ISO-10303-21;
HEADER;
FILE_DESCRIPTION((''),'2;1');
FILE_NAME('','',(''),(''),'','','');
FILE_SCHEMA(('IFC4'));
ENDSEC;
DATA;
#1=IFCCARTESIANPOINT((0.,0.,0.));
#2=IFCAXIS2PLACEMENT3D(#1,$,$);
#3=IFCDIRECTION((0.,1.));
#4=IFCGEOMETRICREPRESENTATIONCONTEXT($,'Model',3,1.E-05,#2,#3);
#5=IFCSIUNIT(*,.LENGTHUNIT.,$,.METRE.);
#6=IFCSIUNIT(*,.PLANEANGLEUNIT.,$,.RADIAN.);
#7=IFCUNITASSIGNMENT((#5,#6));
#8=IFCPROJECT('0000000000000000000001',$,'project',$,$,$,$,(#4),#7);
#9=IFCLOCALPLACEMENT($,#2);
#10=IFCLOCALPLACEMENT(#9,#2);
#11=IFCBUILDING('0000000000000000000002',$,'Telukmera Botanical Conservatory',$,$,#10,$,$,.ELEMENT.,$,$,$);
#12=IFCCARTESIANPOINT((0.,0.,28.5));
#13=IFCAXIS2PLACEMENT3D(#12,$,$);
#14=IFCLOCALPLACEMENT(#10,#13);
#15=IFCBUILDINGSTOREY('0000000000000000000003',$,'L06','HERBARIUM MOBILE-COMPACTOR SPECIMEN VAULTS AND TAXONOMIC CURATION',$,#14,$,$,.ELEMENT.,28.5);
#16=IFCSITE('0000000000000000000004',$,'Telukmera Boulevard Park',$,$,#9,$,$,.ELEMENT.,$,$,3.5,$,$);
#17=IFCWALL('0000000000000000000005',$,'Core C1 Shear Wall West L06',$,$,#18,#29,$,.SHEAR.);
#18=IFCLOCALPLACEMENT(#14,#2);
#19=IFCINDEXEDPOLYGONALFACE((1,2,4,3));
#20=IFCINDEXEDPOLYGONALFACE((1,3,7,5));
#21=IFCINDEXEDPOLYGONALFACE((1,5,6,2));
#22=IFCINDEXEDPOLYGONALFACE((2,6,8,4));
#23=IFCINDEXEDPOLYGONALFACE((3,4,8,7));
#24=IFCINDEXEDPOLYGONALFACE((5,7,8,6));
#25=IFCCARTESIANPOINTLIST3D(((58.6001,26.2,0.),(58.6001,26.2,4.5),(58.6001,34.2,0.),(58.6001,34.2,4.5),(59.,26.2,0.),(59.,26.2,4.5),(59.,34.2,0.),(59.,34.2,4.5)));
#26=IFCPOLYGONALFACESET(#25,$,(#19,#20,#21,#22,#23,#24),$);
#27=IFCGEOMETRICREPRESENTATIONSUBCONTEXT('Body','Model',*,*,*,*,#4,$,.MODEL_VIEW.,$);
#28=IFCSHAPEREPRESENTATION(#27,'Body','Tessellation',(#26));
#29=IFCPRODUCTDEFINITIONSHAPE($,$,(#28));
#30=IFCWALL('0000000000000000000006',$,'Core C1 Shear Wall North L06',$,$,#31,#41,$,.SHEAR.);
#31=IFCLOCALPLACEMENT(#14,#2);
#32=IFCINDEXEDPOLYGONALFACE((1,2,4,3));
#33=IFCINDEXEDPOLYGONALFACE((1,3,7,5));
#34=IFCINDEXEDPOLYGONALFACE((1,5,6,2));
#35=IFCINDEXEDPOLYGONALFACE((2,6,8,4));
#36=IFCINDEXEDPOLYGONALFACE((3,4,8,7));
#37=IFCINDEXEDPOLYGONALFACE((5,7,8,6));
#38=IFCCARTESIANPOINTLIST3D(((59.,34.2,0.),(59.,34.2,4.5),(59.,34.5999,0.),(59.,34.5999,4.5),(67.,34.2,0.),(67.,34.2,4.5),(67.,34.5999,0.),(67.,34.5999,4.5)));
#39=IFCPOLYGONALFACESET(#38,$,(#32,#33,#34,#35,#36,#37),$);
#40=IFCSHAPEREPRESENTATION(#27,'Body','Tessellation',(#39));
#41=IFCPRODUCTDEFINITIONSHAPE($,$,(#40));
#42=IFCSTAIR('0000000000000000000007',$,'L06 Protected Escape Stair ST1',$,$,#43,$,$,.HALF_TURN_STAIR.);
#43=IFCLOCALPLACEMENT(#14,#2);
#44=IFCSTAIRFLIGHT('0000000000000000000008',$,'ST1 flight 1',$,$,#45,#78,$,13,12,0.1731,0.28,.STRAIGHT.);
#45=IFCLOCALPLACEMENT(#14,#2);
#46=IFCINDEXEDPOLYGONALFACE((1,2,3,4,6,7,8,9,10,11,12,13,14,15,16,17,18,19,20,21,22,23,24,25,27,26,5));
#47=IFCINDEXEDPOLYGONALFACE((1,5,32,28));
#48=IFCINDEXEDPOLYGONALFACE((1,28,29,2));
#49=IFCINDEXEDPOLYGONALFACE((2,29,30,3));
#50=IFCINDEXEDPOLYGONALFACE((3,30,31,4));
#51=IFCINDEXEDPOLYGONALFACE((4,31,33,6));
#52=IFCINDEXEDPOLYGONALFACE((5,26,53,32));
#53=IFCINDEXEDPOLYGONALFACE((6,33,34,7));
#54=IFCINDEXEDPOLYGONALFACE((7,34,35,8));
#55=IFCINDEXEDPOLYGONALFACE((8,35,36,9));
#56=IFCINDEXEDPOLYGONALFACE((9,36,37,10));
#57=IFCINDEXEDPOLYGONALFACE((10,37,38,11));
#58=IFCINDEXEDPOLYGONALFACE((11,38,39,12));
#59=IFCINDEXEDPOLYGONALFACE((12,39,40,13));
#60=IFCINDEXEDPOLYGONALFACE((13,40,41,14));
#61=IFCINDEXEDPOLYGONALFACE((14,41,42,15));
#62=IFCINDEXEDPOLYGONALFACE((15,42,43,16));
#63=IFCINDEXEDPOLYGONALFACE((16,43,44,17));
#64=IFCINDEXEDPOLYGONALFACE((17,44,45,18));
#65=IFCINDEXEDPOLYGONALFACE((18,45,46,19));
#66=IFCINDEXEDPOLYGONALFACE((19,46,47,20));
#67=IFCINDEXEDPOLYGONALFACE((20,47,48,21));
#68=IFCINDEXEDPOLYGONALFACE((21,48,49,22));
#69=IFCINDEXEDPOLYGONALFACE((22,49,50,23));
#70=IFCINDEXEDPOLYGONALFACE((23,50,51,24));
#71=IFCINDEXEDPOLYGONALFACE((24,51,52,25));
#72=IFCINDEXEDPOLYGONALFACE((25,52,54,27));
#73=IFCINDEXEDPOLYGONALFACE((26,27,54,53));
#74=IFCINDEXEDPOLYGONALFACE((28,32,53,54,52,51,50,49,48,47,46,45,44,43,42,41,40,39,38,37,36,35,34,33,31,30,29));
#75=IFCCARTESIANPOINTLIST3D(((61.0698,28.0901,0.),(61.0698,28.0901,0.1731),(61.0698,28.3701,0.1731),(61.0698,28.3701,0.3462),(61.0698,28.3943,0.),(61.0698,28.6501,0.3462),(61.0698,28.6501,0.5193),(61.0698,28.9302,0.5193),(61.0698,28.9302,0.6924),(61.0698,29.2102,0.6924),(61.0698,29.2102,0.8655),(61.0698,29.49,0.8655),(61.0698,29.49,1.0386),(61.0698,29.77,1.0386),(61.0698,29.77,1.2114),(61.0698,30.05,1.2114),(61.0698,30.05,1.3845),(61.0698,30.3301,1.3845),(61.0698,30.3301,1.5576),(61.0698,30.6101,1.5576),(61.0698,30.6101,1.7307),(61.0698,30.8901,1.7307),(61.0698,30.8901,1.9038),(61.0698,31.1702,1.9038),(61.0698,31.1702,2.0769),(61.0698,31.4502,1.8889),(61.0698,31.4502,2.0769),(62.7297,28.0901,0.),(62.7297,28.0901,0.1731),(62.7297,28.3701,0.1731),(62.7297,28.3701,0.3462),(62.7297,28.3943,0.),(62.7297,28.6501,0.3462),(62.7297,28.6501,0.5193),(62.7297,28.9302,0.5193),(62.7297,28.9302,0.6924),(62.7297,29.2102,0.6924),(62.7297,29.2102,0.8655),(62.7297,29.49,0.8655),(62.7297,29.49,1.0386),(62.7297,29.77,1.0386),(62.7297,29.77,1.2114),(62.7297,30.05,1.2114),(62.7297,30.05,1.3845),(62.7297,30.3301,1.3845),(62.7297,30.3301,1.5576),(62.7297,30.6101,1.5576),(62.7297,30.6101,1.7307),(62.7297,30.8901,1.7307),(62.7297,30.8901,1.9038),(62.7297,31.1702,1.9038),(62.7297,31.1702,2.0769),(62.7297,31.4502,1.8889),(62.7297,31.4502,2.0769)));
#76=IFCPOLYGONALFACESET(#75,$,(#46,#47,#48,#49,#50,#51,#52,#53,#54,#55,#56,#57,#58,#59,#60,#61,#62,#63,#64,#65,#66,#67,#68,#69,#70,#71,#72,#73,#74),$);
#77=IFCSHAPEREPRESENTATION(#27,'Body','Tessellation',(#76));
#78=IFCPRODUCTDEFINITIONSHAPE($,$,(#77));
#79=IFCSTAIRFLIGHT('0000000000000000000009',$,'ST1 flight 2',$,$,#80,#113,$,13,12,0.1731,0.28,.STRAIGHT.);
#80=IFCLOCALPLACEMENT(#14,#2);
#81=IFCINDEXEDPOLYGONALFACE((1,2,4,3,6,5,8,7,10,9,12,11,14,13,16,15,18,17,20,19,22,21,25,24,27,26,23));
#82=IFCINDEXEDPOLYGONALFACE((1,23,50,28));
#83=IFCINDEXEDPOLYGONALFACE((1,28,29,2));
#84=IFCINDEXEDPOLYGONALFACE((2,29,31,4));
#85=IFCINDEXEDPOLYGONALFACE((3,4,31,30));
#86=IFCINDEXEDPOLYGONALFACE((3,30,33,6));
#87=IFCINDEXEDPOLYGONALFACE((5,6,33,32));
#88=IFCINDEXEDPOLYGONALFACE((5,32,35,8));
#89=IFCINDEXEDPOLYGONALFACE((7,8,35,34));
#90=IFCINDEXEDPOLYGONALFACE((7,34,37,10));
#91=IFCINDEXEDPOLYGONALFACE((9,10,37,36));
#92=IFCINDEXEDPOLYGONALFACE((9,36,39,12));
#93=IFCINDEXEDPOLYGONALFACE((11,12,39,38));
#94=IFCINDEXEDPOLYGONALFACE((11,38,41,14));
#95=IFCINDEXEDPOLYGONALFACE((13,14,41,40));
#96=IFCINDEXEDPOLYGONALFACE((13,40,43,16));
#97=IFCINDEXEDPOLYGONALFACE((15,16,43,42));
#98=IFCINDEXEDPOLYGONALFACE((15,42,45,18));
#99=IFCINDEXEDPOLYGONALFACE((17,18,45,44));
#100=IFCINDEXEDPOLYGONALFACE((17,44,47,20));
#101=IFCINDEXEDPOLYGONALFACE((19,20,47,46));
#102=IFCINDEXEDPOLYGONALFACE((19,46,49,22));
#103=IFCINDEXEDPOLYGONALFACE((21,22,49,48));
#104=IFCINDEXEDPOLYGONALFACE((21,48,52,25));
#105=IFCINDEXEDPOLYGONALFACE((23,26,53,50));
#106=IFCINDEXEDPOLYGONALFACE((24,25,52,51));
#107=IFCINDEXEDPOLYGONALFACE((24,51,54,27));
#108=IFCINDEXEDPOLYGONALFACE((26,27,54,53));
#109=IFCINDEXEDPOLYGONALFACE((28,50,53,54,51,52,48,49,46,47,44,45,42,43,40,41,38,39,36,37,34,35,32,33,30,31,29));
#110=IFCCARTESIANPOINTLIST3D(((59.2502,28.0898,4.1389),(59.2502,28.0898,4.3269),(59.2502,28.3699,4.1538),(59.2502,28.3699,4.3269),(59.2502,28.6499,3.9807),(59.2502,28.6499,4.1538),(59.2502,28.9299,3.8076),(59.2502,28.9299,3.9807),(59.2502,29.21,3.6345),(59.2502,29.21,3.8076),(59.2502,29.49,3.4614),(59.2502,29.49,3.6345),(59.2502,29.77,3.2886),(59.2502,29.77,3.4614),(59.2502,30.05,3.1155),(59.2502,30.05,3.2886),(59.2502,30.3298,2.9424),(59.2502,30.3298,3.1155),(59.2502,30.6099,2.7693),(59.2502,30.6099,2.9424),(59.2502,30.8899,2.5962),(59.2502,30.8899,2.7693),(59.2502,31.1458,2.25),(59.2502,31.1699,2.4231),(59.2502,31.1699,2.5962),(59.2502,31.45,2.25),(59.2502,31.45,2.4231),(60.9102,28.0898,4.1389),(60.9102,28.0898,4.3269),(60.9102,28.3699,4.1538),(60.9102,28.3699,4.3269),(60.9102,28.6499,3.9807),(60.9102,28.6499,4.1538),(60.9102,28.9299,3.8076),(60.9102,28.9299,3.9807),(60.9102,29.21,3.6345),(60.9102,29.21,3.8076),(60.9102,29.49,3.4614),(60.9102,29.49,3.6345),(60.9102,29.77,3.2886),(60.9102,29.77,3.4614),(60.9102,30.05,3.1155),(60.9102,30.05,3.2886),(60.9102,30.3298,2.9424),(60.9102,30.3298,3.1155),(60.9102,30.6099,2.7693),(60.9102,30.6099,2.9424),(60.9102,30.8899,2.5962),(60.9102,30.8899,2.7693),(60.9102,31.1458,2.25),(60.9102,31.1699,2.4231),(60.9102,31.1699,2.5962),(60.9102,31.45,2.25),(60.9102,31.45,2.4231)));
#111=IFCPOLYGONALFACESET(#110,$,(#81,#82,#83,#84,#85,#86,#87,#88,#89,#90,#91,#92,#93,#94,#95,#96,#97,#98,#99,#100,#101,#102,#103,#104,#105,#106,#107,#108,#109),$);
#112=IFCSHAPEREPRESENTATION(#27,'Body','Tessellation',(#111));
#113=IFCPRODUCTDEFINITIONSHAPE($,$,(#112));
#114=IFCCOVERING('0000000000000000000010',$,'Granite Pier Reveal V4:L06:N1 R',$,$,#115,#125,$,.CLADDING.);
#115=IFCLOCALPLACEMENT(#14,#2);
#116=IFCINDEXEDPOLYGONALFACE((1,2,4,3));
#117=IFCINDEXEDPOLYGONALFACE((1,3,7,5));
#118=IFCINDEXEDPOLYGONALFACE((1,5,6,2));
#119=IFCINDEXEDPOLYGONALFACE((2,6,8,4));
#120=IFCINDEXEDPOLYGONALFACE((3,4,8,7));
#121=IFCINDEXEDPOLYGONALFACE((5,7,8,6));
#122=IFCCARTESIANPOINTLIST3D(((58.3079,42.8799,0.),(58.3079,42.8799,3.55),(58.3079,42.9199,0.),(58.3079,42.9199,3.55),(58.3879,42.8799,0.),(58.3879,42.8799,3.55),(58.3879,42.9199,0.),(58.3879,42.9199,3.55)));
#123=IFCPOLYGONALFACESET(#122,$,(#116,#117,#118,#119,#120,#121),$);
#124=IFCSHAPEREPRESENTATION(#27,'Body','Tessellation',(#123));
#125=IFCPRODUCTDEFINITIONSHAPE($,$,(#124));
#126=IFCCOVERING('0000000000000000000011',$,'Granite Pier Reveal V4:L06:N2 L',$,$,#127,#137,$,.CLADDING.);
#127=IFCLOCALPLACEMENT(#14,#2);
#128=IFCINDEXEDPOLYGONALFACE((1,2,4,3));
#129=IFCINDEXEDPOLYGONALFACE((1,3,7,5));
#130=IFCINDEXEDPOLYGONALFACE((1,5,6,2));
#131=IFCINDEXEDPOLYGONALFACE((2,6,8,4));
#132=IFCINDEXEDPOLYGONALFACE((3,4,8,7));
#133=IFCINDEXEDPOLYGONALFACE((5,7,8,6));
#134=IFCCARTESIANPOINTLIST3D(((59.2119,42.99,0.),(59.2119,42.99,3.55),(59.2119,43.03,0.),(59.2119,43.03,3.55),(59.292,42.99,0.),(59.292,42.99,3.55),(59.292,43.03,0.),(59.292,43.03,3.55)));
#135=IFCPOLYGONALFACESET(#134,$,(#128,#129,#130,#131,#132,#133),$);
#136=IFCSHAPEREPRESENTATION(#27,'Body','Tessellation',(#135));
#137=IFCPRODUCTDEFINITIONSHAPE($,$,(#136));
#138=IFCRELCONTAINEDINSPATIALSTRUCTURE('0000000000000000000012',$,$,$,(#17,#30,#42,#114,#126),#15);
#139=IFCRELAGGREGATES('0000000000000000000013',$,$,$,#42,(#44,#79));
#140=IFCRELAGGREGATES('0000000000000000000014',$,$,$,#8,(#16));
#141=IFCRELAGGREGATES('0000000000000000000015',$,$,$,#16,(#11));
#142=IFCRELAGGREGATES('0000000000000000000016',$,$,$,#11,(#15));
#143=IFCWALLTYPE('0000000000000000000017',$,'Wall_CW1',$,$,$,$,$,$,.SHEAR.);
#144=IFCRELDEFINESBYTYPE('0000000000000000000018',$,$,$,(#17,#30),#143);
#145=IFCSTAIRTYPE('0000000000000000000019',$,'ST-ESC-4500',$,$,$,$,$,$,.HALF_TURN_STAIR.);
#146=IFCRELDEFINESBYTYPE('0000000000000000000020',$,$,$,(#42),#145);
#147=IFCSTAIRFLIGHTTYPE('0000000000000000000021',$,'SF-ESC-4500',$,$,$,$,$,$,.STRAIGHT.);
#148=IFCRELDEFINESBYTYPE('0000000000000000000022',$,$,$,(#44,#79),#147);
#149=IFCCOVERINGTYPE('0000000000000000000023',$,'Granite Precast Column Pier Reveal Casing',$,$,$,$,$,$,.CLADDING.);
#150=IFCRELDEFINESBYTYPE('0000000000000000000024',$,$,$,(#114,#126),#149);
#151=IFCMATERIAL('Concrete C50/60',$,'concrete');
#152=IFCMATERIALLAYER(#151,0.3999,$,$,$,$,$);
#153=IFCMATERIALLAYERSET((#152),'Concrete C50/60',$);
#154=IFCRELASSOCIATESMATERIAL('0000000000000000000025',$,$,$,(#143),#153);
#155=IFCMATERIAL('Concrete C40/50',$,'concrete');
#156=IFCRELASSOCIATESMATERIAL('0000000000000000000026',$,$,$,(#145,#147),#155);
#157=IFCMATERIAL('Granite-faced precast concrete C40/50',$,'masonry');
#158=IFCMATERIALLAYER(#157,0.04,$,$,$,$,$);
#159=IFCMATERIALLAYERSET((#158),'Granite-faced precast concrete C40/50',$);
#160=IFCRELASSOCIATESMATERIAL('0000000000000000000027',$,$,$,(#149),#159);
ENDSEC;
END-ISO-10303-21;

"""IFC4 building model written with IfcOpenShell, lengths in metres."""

from ifc_helpers import new_model, si_unit, direction, frame, frame_2d, origin, origin_2d, place, context, subcontext, project, spatial, polyline, rectangle, outline, extrude, material, layer, layer_set, type_object, element, aggregate, save


model = new_model("IFC4")

# Units and contexts
model_context = context("Model", 3, precision=1e-05, world=origin(), true_north=direction((0.0, 1.0)))
body_context = subcontext(model_context, "Body", "Model", "MODEL_VIEW")
ifc_project = project(units=[si_unit("LENGTHUNIT", "METRE"), si_unit("PLANEANGLEUNIT", "RADIAN")], contexts=[model_context])

# Site, building, storey
site_placement = place(None, origin())
site = spatial("IfcSite", under=ifc_project, at=site_placement, Name="Telukmera Boulevard Park", CompositionType="ELEMENT", RefElevation=3.5)
building_placement = place(site_placement, origin())
building = spatial("IfcBuilding", under=site, at=building_placement, Name="Telukmera Botanical Conservatory", CompositionType="ELEMENT")
storey_placement = place(building_placement, frame((0.0, 0.0, 28.5)))
storey = spatial("IfcBuildingStorey", under=building, at=storey_placement, Name="L06", Description="HERBARIUM MOBILE-COMPACTOR SPECIMEN VAULTS AND TAXONOMIC CURATION", CompositionType="ELEMENT", Elevation=28.5)

# Shared definitions
ifc_material_1 = material(Name="Concrete C50/60", Category="concrete")

# Shared definitions
ifc_material_2 = material(Name="Concrete C40/50", Category="concrete")

# Walls
ifc_layer_1 = layer(ifc_material_1, 0.3999)
ifc_layer_set_1 = layer_set([ifc_layer_1], Name="Concrete C50/60")
wall_type_1 = type_object("IfcWallType", Name="Wall_CW1", PredefinedType="SHEAR", material=ifc_layer_set_1)
for number, where, z_axis, x_axis, name in (
    (1, (58.8, 26.2, 0.0), (0.0, 0.0, 1.0), (0.0, 1.0, 0.0), "Core C1 Shear Wall West L06"),
    (2, (59.0, 34.3999, 0.0), (0.0, 0.0, 1.0), (1.0, 0.0, 0.0), "Core C1 Shear Wall North L06"),
):
    element("IfcWall", number, at=place(storey_placement, frame(where, z_axis=z_axis, x_axis=x_axis)), inside=storey, type_object=wall_type_1, Name=name, PredefinedType="SHEAR", context=body_context, shape_type="SweptSolid", body=[
        extrude(rectangle(XDim=8.0, YDim=0.3999, at=frame_2d((4.0, 0.0))), origin(), (0.0, 0.0, 1.0), 4.5),
    ])

# Stair, stair flights
stair_type = type_object("IfcStairType", Name="ST-ESC-4500", PredefinedType="HALF_TURN_STAIR", material=ifc_material_2)
stair_placement = place(storey_placement, origin())
stair = element("IfcStair", 3, at=stair_placement, inside=storey, type_object=stair_type, Name="L06 Protected Escape Stair ST1", PredefinedType="HALF_TURN_STAIR")
stair_flight_type = type_object("IfcStairFlightType", Name="SF-ESC-4500", PredefinedType="STRAIGHT", material=ifc_material_2)
stair_flight_1_placement = place(storey_placement, frame((61.8999, 28.0901, 0.0), z_axis=(0.0, 0.0, 1.0), x_axis=(0.0, 1.0, 0.0)))
stair_flight_1 = element("IfcStairFlight", 4, at=stair_flight_1_placement, type_object=stair_flight_type, Name="ST1 flight 1", NumberOfRisers=13, NumberOfTreads=12, PredefinedType="STRAIGHT", RiserHeight=0.1731, TreadLength=0.28, context=body_context, shape_type="SweptSolid", body=[
    extrude(outline(polyline([(0.0, 0.0), (0.0, 0.1731), (0.28, 0.1731), (0.28, 0.3462), (0.5601, 0.3462), (0.5601, 0.5193), (0.8401, 0.5193), (0.8401, 0.6924), (1.1201, 0.6924), (1.1201, 0.8655), (1.3999, 0.8655), (1.3999, 1.0386), (1.6799, 1.0386), (1.6799, 1.2114), (1.96, 1.2114), (1.96, 1.3845), (2.24, 1.3845), (2.24, 1.5576), (2.52, 1.5576), (2.52, 1.7307), (2.8, 1.7307), (2.8, 1.9038), (3.0801, 1.9038), (3.0801, 2.0769), (3.3601, 2.0769), (3.3601, 2.25), (3.3601, 1.8889), (0.3042, 0.0), (0.0, 0.0)])), frame((0.0, 0.8301, 0.0), z_axis=(0.0, -1.0, 0.0), x_axis=(1.0, 0.0, 0.0)), (0.0, 0.0, 1.0), 1.6599),
])
stair_flight_2_placement = place(storey_placement, frame((60.0801, 31.45, 2.25), z_axis=(0.0, 0.0, 1.0), x_axis=(0.0, -1.0, 0.0)))
stair_flight_2 = element("IfcStairFlight", 5, at=stair_flight_2_placement, type_object=stair_flight_type, Name="ST1 flight 2", NumberOfRisers=13, NumberOfTreads=12, PredefinedType="STRAIGHT", RiserHeight=0.1731, TreadLength=0.28, context=body_context, shape_type="SweptSolid", body=[
    extrude(outline(polyline([(0.0, 0.0), (0.0, 0.1731), (0.28, 0.1731), (0.28, 0.3462), (0.5601, 0.3462), (0.5601, 0.5193), (0.8401, 0.5193), (0.8401, 0.6924), (1.1201, 0.6924), (1.1201, 0.8655), (1.3999, 0.8655), (1.3999, 1.0386), (1.6799, 1.0386), (1.6799, 1.2114), (1.96, 1.2114), (1.96, 1.3845), (2.24, 1.3845), (2.24, 1.5576), (2.52, 1.5576), (2.52, 1.7307), (2.8, 1.7307), (2.8, 1.9038), (3.0801, 1.9038), (3.0801, 2.0769), (3.3601, 2.0769), (3.3601, 2.25), (3.3601, 1.8889), (0.3042, 0.0), (0.0, 0.0)])), frame((0.0, 0.8301, 0.0), z_axis=(0.0, -1.0, 0.0), x_axis=(1.0, 0.0, 0.0)), (0.0, 0.0, 1.0), 1.6599),
])
aggregate(stair, [stair_flight_1, stair_flight_2])

# Coverings
ifc_material_3 = material(Name="Granite-faced precast concrete C40/50", Category="masonry")
ifc_layer_2 = layer(ifc_material_3, 0.04)
ifc_layer_set_2 = layer_set([ifc_layer_2], Name="Granite-faced precast concrete C40/50")
covering_type = type_object("IfcCoveringType", Name="Granite Precast Column Pier Reveal Casing", PredefinedType="CLADDING", material=ifc_layer_set_2)
for number, where, z_axis, x_axis, name in (
    (6, (58.3479, 42.8999, 0.0), (0.0, 0.0, 1.0), (1.0, 0.0, 0.0), "Granite Pier Reveal V4:L06:N1 R"),
    (7, (59.252, 43.01, 0.0), (0.0, 0.0, 1.0), (1.0, 0.0, 0.0), "Granite Pier Reveal V4:L06:N2 L"),
):
    element("IfcCovering", number, at=place(storey_placement, frame(where, z_axis=z_axis, x_axis=x_axis)), inside=storey, type_object=covering_type, Name=name, PredefinedType="CLADDING", context=body_context, shape_type="SweptSolid", body=[
        extrude(rectangle(XDim=0.0801, YDim=0.04, at=origin_2d()), origin(), (0.0, 0.0, 1.0), 3.55),
    ])

save(model, "model.ifc")
